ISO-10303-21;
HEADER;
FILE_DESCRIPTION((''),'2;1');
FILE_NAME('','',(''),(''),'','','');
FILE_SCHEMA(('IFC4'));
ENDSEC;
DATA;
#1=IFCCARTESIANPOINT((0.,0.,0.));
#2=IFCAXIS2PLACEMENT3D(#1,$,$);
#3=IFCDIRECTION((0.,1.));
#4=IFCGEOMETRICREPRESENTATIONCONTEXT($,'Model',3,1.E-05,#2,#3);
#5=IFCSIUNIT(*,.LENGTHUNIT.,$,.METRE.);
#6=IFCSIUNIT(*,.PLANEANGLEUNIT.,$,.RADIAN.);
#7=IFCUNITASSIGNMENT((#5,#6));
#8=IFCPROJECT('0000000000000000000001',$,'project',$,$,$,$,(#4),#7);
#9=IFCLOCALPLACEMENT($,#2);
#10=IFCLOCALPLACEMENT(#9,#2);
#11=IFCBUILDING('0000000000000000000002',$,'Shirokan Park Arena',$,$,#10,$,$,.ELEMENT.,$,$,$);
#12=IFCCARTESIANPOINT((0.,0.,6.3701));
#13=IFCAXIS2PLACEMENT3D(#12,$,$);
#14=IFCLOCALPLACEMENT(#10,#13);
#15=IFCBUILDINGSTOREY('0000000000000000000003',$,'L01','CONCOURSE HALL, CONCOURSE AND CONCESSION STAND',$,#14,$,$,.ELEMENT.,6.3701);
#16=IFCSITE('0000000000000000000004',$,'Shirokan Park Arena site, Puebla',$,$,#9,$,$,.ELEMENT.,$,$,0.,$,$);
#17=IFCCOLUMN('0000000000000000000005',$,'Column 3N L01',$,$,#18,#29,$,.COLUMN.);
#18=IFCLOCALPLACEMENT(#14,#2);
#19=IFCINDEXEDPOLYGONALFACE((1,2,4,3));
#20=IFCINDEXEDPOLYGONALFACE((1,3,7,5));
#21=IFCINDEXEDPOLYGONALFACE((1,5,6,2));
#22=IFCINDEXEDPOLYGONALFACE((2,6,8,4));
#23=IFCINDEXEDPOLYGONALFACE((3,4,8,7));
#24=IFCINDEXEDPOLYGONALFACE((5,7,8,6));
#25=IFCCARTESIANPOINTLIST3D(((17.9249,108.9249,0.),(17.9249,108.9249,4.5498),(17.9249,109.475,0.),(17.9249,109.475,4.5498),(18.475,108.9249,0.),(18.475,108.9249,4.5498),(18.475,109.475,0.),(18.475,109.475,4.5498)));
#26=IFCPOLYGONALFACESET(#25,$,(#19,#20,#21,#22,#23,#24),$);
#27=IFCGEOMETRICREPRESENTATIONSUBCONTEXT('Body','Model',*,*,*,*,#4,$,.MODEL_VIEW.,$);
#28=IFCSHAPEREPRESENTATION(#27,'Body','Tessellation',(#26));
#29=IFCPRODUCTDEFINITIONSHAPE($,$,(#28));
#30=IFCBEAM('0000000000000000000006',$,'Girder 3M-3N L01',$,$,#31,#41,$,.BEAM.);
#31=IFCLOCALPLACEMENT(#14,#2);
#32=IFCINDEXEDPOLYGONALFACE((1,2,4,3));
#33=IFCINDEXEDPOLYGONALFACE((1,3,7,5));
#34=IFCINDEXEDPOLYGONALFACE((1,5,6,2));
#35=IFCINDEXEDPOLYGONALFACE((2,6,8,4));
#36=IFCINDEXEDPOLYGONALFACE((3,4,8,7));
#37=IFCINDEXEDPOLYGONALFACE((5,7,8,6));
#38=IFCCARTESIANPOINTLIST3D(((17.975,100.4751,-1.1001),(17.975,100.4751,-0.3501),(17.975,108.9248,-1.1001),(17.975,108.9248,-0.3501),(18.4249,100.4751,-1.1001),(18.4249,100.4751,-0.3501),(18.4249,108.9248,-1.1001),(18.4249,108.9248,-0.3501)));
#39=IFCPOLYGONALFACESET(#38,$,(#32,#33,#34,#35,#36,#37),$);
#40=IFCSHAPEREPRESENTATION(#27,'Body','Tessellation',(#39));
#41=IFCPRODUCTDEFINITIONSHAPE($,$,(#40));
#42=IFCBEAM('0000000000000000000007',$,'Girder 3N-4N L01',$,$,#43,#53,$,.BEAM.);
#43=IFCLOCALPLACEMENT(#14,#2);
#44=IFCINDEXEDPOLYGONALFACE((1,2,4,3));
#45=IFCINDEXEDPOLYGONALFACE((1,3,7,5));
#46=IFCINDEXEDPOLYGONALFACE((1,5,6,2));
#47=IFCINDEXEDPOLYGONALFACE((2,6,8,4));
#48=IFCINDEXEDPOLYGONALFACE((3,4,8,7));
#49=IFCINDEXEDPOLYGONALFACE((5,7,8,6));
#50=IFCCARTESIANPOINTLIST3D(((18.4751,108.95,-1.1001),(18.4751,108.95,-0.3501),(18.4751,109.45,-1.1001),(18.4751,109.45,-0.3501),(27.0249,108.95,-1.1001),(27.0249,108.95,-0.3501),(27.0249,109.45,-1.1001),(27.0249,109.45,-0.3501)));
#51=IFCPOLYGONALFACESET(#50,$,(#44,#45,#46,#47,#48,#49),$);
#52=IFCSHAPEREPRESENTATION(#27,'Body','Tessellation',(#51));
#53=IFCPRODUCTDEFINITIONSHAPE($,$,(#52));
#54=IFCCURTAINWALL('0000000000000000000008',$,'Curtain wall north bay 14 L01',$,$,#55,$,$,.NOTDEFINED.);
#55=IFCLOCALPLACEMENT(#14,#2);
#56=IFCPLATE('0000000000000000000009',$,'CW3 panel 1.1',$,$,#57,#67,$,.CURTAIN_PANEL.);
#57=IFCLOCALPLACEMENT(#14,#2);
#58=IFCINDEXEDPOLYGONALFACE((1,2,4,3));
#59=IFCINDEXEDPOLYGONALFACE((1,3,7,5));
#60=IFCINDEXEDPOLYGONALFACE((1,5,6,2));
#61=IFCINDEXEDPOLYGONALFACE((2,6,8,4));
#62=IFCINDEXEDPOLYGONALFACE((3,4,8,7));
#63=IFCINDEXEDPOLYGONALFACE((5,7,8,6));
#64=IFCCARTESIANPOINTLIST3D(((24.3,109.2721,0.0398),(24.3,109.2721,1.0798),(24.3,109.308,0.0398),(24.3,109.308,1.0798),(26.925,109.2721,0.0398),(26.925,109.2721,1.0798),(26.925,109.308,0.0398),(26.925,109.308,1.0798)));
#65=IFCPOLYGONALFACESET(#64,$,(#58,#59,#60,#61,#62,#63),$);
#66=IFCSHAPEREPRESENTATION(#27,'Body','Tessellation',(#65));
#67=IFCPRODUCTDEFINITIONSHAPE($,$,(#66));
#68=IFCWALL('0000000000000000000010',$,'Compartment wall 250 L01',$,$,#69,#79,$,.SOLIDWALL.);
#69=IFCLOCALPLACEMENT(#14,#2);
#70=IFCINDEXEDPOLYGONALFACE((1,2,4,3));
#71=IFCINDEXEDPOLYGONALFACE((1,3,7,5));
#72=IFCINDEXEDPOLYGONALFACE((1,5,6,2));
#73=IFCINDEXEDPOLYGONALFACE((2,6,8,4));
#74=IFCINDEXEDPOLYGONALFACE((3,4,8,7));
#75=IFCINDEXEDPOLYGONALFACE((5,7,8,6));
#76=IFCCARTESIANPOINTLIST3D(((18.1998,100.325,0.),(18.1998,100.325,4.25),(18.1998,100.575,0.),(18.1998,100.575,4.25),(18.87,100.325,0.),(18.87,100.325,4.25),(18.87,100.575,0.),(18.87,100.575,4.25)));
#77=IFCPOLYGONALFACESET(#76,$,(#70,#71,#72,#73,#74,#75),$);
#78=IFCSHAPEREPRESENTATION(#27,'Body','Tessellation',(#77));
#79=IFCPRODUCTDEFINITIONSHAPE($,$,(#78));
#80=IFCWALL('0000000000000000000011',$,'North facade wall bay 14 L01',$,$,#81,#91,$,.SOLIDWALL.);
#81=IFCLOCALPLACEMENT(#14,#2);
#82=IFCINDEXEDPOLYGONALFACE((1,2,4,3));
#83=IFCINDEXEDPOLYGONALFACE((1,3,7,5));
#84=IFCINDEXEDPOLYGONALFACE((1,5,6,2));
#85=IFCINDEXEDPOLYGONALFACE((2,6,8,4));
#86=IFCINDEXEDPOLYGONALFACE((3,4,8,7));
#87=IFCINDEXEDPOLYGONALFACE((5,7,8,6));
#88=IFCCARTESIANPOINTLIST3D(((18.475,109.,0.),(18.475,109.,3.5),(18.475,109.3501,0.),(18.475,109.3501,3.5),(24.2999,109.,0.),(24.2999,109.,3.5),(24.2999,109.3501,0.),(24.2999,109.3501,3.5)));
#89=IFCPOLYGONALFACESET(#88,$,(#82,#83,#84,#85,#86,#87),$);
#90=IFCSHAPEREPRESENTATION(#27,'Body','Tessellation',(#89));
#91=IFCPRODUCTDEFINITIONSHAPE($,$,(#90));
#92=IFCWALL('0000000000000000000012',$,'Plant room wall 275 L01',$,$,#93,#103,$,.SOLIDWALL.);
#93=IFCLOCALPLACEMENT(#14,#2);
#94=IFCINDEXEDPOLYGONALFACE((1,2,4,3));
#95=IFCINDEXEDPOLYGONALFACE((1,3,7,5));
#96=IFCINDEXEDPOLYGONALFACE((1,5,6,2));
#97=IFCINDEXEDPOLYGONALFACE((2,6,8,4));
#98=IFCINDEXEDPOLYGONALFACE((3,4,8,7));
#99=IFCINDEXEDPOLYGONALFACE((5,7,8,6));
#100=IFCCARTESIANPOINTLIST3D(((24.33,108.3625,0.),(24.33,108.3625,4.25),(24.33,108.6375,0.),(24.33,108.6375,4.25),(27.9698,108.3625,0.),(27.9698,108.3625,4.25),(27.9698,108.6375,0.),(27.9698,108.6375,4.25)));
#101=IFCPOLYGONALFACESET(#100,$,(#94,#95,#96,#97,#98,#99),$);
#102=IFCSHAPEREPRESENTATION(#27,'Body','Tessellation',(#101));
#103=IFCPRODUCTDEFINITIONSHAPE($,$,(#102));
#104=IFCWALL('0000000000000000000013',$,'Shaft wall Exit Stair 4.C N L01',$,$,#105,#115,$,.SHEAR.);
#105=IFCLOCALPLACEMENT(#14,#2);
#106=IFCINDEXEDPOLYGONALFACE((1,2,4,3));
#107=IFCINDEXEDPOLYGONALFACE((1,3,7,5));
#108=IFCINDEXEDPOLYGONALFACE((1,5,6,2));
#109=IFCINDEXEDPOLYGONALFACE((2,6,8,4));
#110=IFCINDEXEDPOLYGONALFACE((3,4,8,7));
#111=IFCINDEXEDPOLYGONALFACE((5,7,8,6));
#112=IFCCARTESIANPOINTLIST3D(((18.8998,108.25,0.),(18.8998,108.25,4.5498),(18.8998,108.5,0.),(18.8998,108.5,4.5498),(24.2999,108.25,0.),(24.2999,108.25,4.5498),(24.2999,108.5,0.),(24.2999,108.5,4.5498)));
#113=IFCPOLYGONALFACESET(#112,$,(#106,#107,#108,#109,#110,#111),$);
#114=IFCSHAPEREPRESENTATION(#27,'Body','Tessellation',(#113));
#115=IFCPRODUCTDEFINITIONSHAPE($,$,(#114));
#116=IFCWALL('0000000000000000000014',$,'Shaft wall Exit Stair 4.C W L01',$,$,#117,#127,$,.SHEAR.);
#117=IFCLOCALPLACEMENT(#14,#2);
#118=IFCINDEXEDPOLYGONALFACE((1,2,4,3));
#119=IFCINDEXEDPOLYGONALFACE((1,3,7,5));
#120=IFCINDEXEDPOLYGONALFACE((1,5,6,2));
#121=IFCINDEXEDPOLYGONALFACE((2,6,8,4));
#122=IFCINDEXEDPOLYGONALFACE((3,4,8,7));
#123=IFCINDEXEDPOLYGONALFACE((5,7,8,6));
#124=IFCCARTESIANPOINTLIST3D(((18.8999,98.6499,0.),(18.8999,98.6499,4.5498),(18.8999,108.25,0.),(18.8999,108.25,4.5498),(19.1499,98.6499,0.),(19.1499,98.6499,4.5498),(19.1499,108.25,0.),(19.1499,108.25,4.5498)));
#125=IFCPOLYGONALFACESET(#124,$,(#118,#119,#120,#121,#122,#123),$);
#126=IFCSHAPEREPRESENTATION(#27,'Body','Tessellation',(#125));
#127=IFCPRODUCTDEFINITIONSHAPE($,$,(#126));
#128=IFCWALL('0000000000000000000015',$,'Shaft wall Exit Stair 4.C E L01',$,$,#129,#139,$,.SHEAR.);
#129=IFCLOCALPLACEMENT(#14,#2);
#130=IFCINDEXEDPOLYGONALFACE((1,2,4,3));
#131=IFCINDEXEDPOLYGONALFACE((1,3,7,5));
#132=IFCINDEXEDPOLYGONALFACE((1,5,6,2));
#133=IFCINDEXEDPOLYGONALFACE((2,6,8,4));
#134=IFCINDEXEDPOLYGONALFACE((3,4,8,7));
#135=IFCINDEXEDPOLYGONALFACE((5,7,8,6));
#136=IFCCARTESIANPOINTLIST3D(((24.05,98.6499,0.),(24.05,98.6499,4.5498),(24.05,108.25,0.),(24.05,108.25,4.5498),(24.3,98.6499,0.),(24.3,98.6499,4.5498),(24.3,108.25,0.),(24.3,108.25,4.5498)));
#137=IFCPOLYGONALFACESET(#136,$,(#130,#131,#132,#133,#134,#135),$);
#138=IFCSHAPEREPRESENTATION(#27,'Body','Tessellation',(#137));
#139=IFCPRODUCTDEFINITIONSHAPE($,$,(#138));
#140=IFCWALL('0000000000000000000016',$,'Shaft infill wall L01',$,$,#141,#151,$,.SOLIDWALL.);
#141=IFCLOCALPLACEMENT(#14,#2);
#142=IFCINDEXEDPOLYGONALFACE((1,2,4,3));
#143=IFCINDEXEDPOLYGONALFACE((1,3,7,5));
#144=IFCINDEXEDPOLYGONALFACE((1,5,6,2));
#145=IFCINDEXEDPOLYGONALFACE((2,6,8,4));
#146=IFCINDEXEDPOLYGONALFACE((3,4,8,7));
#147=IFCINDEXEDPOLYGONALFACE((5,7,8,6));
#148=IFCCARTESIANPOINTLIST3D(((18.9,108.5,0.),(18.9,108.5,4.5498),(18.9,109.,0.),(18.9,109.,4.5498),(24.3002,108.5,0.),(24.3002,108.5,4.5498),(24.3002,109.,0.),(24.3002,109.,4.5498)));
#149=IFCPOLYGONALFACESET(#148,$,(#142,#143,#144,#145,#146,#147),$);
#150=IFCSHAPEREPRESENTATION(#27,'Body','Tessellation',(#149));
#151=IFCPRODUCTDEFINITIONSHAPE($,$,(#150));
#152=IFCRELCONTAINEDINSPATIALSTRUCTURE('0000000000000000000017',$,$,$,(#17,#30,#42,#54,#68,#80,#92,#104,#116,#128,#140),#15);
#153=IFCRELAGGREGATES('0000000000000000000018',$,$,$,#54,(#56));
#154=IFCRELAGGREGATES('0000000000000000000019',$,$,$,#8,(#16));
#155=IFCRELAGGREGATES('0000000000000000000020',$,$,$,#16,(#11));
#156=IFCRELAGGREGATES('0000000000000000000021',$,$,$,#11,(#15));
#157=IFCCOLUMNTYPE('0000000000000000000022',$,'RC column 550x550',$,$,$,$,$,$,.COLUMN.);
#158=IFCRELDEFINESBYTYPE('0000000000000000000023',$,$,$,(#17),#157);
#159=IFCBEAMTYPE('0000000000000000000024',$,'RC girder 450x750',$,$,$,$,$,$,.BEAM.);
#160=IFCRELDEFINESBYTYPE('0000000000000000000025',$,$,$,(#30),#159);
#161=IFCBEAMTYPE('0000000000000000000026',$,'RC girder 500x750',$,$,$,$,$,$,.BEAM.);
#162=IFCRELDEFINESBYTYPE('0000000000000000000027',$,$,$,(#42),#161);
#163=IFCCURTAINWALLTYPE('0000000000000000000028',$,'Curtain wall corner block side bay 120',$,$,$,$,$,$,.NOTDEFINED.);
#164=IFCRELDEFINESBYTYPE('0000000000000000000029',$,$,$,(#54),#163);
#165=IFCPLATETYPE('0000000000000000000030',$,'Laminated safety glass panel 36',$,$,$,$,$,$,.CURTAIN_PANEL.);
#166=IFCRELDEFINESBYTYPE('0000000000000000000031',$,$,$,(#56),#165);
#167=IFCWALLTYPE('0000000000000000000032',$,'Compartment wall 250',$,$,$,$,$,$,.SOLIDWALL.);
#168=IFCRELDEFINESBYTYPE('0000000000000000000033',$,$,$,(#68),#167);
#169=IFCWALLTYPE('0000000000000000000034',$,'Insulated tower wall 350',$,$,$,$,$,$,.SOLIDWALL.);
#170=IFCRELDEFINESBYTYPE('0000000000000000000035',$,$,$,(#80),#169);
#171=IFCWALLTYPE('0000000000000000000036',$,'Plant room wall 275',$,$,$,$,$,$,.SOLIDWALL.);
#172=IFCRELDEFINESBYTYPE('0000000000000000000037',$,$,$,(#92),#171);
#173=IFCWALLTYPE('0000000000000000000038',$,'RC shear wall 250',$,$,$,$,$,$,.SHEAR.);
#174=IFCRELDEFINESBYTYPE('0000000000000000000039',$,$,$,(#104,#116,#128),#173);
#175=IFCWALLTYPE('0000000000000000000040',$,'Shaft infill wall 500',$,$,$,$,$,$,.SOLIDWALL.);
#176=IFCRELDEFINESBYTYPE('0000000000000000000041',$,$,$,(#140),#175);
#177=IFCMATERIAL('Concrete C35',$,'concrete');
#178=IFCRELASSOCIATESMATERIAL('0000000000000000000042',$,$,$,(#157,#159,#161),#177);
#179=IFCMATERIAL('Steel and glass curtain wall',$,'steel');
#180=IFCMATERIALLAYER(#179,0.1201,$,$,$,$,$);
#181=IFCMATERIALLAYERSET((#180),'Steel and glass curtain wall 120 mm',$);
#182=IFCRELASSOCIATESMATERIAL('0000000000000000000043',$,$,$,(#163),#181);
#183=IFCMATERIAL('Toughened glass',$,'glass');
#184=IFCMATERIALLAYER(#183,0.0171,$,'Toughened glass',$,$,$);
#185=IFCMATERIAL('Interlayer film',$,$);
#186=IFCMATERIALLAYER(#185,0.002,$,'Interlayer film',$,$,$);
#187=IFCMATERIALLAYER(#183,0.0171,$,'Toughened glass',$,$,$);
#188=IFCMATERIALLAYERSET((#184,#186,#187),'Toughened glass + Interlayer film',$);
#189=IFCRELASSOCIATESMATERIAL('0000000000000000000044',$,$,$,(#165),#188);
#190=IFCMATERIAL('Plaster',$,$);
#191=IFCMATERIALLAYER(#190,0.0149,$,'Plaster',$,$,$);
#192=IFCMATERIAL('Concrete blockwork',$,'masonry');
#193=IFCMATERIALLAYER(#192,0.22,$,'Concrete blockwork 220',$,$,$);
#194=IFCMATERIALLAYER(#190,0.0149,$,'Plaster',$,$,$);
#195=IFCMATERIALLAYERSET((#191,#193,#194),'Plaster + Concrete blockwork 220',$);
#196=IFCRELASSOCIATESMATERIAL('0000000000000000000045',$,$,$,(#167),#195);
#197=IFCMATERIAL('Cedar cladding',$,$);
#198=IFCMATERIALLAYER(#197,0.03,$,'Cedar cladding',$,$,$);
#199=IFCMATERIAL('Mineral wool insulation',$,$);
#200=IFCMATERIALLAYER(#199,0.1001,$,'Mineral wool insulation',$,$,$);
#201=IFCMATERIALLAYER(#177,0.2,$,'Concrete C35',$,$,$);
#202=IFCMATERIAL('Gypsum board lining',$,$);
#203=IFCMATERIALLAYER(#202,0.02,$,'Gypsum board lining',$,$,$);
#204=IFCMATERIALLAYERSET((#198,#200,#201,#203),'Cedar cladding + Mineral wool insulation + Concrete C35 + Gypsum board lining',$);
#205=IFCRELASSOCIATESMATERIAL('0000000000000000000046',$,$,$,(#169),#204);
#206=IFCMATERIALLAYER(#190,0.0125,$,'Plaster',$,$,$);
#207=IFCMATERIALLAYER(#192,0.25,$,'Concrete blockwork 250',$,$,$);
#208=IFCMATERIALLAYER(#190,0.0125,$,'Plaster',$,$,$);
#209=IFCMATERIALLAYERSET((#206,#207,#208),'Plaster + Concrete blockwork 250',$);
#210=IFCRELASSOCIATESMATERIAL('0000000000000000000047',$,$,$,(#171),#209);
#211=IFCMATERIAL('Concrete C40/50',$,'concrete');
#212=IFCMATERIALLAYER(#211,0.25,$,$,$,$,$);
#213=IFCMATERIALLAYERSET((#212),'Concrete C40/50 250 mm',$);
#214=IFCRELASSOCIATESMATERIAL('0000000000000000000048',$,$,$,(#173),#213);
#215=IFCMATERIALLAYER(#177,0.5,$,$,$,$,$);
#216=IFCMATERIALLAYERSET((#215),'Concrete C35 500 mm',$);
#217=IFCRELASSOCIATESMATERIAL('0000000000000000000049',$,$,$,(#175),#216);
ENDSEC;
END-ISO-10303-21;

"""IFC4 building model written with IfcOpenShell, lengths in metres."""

from ifc_helpers import new_model, si_unit, direction, frame, frame_2d, origin, origin_2d, place, context, subcontext, project, spatial, rectangle, extrude, material, layer, layer_set, material_profile, profile_set, type_object, element, aggregate, save


model = new_model("IFC4")

# Units and contexts
model_context = context("Model", 3, precision=1e-05, world=origin(), true_north=direction((0.0, 1.0)))
body_context = subcontext(model_context, "Body", "Model", "MODEL_VIEW")
ifc_project = project(units=[si_unit("LENGTHUNIT", "METRE"), si_unit("PLANEANGLEUNIT", "RADIAN")], contexts=[model_context])

# Site, building, storey
site_placement = place(None, origin())
site = spatial("IfcSite", under=ifc_project, at=site_placement, Name="Shirokan Park Arena site, Puebla", CompositionType="ELEMENT", RefElevation=0.0)
building_placement = place(site_placement, origin())
building = spatial("IfcBuilding", under=site, at=building_placement, Name="Shirokan Park Arena", CompositionType="ELEMENT")
storey_placement = place(building_placement, frame((0.0, 0.0, 6.3701)))
storey = spatial("IfcBuildingStorey", under=building, at=storey_placement, Name="L01", Description="CONCOURSE HALL, CONCOURSE AND CONCESSION STAND", CompositionType="ELEMENT", Elevation=6.3701)

# Column
ifc_material_1 = material(Name="Concrete C35", Category="concrete")
ifc_material_profile_1 = material_profile(ifc_material_1, rectangle(XDim=0.55, YDim=0.55, at=origin_2d()), Name="550x550")
ifc_profile_set_1 = profile_set([ifc_material_profile_1], Name="Concrete C35")
column_type = type_object("IfcColumnType", Name="RC column 550x550", PredefinedType="COLUMN", material=ifc_profile_set_1)
column_placement = place(storey_placement, frame((18.2, 109.2, 0.0), z_axis=(0.0, 0.0, 1.0), x_axis=(1.0, 0.0, 0.0)))
element("IfcColumn", 1, at=column_placement, inside=storey, type_object=column_type, Name="Column 3N L01", PredefinedType="COLUMN", context=body_context, shape_type="SweptSolid", body=[
    extrude(rectangle(XDim=0.55, YDim=0.55, at=origin_2d()), origin(), (0.0, 0.0, 1.0), 4.5498),
])

# Beams
ifc_material_profile_2 = material_profile(ifc_material_1, rectangle(XDim=0.45, YDim=0.75, at=origin_2d()), Name="450x750")
ifc_profile_set_2 = profile_set([ifc_material_profile_2], Name="Concrete C35")
beam_type_1 = type_object("IfcBeamType", Name="RC girder 450x750", PredefinedType="BEAM", material=ifc_profile_set_2)
beam_1_placement = place(storey_placement, frame((18.2, 100.4751, -0.7251), z_axis=(0.0, 1.0, 0.0), x_axis=(-1.0, 0.0, 0.0)))
element("IfcBeam", 2, at=beam_1_placement, inside=storey, type_object=beam_type_1, Name="Girder 3M-3N L01", PredefinedType="BEAM", context=body_context, shape_type="SweptSolid", body=[
    extrude(rectangle(XDim=0.45, YDim=0.75, at=origin_2d()), origin(), (0.0, 0.0, 1.0), 8.4497),
])
ifc_material_profile_3 = material_profile(ifc_material_1, rectangle(XDim=0.5, YDim=0.75, at=origin_2d()), Name="500x750")
ifc_profile_set_3 = profile_set([ifc_material_profile_3], Name="Concrete C35")
beam_type_2 = type_object("IfcBeamType", Name="RC girder 500x750", PredefinedType="BEAM", material=ifc_profile_set_3)
beam_2_placement = place(storey_placement, frame((18.4751, 109.2, -0.7251), z_axis=(1.0, 0.0, 0.0), x_axis=(0.0, 1.0, 0.0)))
element("IfcBeam", 3, at=beam_2_placement, inside=storey, type_object=beam_type_2, Name="Girder 3N-4N L01", PredefinedType="BEAM", context=body_context, shape_type="SweptSolid", body=[
    extrude(rectangle(XDim=0.5, YDim=0.75, at=origin_2d()), origin(), (0.0, 0.0, 1.0), 8.5498),
])

# Curtain wall, plate
ifc_material_2 = material(Name="Steel and glass curtain wall", Category="steel")
ifc_layer_1 = layer(ifc_material_2, 0.1201)
ifc_layer_set_1 = layer_set([ifc_layer_1], Name="Steel and glass curtain wall 120 mm")
curtain_wall_type = type_object("IfcCurtainWallType", Name="Curtain wall corner block side bay 120", PredefinedType="NOTDEFINED", material=ifc_layer_set_1)
curtain_wall_placement = place(storey_placement, origin())
curtain_wall = element("IfcCurtainWall", 4, at=curtain_wall_placement, inside=storey, type_object=curtain_wall_type, Name="Curtain wall north bay 14 L01", PredefinedType="NOTDEFINED")
ifc_material_3 = material(Name="Toughened glass", Category="glass")
ifc_layer_2 = layer(ifc_material_3, 0.0171, Name="Toughened glass")
ifc_material_4 = material(Name="Interlayer film")
ifc_layer_3 = layer(ifc_material_4, 0.002, Name="Interlayer film")
ifc_layer_4 = layer(ifc_material_3, 0.0171, Name="Toughened glass")
ifc_layer_set_2 = layer_set([ifc_layer_2, ifc_layer_3, ifc_layer_4], Name="Toughened glass + Interlayer film")
plate_type = type_object("IfcPlateType", Name="Laminated safety glass panel 36", PredefinedType="CURTAIN_PANEL", material=ifc_layer_set_2)
plate_placement = place(storey_placement, frame((25.6125, 109.29, 0.0398), z_axis=(0.0, 0.0, 1.0), x_axis=(-1.0, 0.0, 0.0)))
plate = element("IfcPlate", 5, at=plate_placement, type_object=plate_type, Name="CW3 panel 1.1", PredefinedType="CURTAIN_PANEL", context=body_context, shape_type="SweptSolid", body=[
    extrude(rectangle(XDim=2.625, YDim=0.0359, at=origin_2d()), origin(), (0.0, 0.0, 1.0), 1.04),
])
aggregate(curtain_wall, [plate])

# Walls
ifc_material_5 = material(Name="Plaster")
ifc_layer_5 = layer(ifc_material_5, 0.0149, Name="Plaster")
ifc_material_6 = material(Name="Concrete blockwork", Category="masonry")
ifc_layer_6 = layer(ifc_material_6, 0.22, Name="Concrete blockwork 220")
ifc_layer_7 = layer(ifc_material_5, 0.0149, Name="Plaster")
ifc_layer_set_3 = layer_set([ifc_layer_5, ifc_layer_6, ifc_layer_7], Name="Plaster + Concrete blockwork 220")
wall_type_1 = type_object("IfcWallType", Name="Compartment wall 250", PredefinedType="SOLIDWALL", material=ifc_layer_set_3)
wall_1_placement = place(storey_placement, frame((18.2, 100.45, 0.0), z_axis=(0.0, 0.0, 1.0), x_axis=(1.0, 0.0, 0.0)))
element("IfcWall", 6, at=wall_1_placement, inside=storey, type_object=wall_type_1, Name="Compartment wall 250 L01", PredefinedType="SOLIDWALL", context=body_context, shape_type="SweptSolid", body=[
    extrude(rectangle(XDim=0.6702, YDim=0.25, at=frame_2d((0.335, 0.0))), origin(), (0.0, 0.0, 1.0), 4.25),
])
ifc_material_7 = material(Name="Cedar cladding")
ifc_layer_8 = layer(ifc_material_7, 0.03, Name="Cedar cladding")
ifc_material_8 = material(Name="Mineral wool insulation")
ifc_layer_9 = layer(ifc_material_8, 0.1001, Name="Mineral wool insulation")
ifc_layer_10 = layer(ifc_material_1, 0.2, Name="Concrete C35")
ifc_material_9 = material(Name="Gypsum board lining")
ifc_layer_11 = layer(ifc_material_9, 0.02, Name="Gypsum board lining")
ifc_layer_set_4 = layer_set([ifc_layer_8, ifc_layer_9, ifc_layer_10, ifc_layer_11], Name="Cedar cladding + Mineral wool insulation + Concrete C35 + Gypsum board lining")
wall_type_2 = type_object("IfcWallType", Name="Insulated tower wall 350", PredefinedType="SOLIDWALL", material=ifc_layer_set_4)
wall_2_placement = place(storey_placement, frame((24.3, 109.175, 0.0), z_axis=(0.0, 0.0, 1.0), x_axis=(-1.0, 0.0, 0.0)))
element("IfcWall", 7, at=wall_2_placement, inside=storey, type_object=wall_type_2, Name="North facade wall bay 14 L01", PredefinedType="SOLIDWALL", context=body_context, shape_type="SweptSolid", body=[
    extrude(rectangle(XDim=5.825, YDim=0.3501, at=frame_2d((2.9126, 0.0))), origin(), (0.0, 0.0, 1.0), 3.5),
])
ifc_layer_12 = layer(ifc_material_5, 0.0125, Name="Plaster")
ifc_layer_13 = layer(ifc_material_6, 0.25, Name="Concrete blockwork 250")
ifc_layer_14 = layer(ifc_material_5, 0.0125, Name="Plaster")
ifc_layer_set_5 = layer_set([ifc_layer_12, ifc_layer_13, ifc_layer_14], Name="Plaster + Concrete blockwork 250")
wall_type_3 = type_object("IfcWallType", Name="Plant room wall 275", PredefinedType="SOLIDWALL", material=ifc_layer_set_5)
wall_3_placement = place(storey_placement, frame((24.3301, 108.5, 0.0), z_axis=(0.0, 0.0, 1.0), x_axis=(1.0, 0.0, 0.0)))
element("IfcWall", 8, at=wall_3_placement, inside=storey, type_object=wall_type_3, Name="Plant room wall 275 L01", PredefinedType="SOLIDWALL", context=body_context, shape_type="SweptSolid", body=[
    extrude(rectangle(XDim=3.6399, YDim=0.2749, at=frame_2d((1.8198, 0.0))), origin(), (0.0, 0.0, 1.0), 4.25),
])
ifc_material_10 = material(Name="Concrete C40/50", Category="concrete")
ifc_layer_15 = layer(ifc_material_10, 0.25)
ifc_layer_set_6 = layer_set([ifc_layer_15], Name="Concrete C40/50 250 mm")
wall_type_4 = type_object("IfcWallType", Name="RC shear wall 250", PredefinedType="SHEAR", material=ifc_layer_set_6)
wall_4_placement = place(storey_placement, frame((24.3, 108.375, 0.0), z_axis=(0.0, 0.0, 1.0), x_axis=(-1.0, 0.0, 0.0)))
element("IfcWall", 9, at=wall_4_placement, inside=storey, type_object=wall_type_4, Name="Shaft wall Exit Stair 4.C N L01", PredefinedType="SHEAR", context=body_context, shape_type="SweptSolid", body=[
    extrude(rectangle(XDim=5.4001, YDim=0.25, at=frame_2d((2.7002, 0.0))), origin(), (0.0, 0.0, 1.0), 4.5498),
])
for number, where, z_axis, x_axis, name in (
    (10, (19.0249, 108.25, 0.0), (0.0, 0.0, 1.0), (0.0, -1.0, 0.0), "Shaft wall Exit Stair 4.C W L01"),
    (11, (24.175, 108.25, 0.0), (0.0, 0.0, 1.0), (0.0, -1.0, 0.0), "Shaft wall Exit Stair 4.C E L01"),
):
    element("IfcWall", number, at=place(storey_placement, frame(where, z_axis=z_axis, x_axis=x_axis)), inside=storey, type_object=wall_type_4, Name=name, PredefinedType="SHEAR", context=body_context, shape_type="SweptSolid", body=[
        extrude(rectangle(XDim=9.6001, YDim=0.25, at=frame_2d((4.8, 0.0))), origin(), (0.0, 0.0, 1.0), 4.5498),
    ])
ifc_layer_16 = layer(ifc_material_1, 0.5)
ifc_layer_set_7 = layer_set([ifc_layer_16], Name="Concrete C35 500 mm")
wall_type_5 = type_object("IfcWallType", Name="Shaft infill wall 500", PredefinedType="SOLIDWALL", material=ifc_layer_set_7)
wall_5_placement = place(storey_placement, frame((18.8999, 108.75, 0.0), z_axis=(0.0, 0.0, 1.0), x_axis=(1.0, 0.0, 0.0)))
element("IfcWall", 12, at=wall_5_placement, inside=storey, type_object=wall_type_5, Name="Shaft infill wall L01", PredefinedType="SOLIDWALL", context=body_context, shape_type="SweptSolid", body=[
    extrude(rectangle(XDim=5.4001, YDim=0.5, at=frame_2d((2.7002, 0.0))), origin(), (0.0, 0.0, 1.0), 4.5498),
])

save(model, "model.ifc")
